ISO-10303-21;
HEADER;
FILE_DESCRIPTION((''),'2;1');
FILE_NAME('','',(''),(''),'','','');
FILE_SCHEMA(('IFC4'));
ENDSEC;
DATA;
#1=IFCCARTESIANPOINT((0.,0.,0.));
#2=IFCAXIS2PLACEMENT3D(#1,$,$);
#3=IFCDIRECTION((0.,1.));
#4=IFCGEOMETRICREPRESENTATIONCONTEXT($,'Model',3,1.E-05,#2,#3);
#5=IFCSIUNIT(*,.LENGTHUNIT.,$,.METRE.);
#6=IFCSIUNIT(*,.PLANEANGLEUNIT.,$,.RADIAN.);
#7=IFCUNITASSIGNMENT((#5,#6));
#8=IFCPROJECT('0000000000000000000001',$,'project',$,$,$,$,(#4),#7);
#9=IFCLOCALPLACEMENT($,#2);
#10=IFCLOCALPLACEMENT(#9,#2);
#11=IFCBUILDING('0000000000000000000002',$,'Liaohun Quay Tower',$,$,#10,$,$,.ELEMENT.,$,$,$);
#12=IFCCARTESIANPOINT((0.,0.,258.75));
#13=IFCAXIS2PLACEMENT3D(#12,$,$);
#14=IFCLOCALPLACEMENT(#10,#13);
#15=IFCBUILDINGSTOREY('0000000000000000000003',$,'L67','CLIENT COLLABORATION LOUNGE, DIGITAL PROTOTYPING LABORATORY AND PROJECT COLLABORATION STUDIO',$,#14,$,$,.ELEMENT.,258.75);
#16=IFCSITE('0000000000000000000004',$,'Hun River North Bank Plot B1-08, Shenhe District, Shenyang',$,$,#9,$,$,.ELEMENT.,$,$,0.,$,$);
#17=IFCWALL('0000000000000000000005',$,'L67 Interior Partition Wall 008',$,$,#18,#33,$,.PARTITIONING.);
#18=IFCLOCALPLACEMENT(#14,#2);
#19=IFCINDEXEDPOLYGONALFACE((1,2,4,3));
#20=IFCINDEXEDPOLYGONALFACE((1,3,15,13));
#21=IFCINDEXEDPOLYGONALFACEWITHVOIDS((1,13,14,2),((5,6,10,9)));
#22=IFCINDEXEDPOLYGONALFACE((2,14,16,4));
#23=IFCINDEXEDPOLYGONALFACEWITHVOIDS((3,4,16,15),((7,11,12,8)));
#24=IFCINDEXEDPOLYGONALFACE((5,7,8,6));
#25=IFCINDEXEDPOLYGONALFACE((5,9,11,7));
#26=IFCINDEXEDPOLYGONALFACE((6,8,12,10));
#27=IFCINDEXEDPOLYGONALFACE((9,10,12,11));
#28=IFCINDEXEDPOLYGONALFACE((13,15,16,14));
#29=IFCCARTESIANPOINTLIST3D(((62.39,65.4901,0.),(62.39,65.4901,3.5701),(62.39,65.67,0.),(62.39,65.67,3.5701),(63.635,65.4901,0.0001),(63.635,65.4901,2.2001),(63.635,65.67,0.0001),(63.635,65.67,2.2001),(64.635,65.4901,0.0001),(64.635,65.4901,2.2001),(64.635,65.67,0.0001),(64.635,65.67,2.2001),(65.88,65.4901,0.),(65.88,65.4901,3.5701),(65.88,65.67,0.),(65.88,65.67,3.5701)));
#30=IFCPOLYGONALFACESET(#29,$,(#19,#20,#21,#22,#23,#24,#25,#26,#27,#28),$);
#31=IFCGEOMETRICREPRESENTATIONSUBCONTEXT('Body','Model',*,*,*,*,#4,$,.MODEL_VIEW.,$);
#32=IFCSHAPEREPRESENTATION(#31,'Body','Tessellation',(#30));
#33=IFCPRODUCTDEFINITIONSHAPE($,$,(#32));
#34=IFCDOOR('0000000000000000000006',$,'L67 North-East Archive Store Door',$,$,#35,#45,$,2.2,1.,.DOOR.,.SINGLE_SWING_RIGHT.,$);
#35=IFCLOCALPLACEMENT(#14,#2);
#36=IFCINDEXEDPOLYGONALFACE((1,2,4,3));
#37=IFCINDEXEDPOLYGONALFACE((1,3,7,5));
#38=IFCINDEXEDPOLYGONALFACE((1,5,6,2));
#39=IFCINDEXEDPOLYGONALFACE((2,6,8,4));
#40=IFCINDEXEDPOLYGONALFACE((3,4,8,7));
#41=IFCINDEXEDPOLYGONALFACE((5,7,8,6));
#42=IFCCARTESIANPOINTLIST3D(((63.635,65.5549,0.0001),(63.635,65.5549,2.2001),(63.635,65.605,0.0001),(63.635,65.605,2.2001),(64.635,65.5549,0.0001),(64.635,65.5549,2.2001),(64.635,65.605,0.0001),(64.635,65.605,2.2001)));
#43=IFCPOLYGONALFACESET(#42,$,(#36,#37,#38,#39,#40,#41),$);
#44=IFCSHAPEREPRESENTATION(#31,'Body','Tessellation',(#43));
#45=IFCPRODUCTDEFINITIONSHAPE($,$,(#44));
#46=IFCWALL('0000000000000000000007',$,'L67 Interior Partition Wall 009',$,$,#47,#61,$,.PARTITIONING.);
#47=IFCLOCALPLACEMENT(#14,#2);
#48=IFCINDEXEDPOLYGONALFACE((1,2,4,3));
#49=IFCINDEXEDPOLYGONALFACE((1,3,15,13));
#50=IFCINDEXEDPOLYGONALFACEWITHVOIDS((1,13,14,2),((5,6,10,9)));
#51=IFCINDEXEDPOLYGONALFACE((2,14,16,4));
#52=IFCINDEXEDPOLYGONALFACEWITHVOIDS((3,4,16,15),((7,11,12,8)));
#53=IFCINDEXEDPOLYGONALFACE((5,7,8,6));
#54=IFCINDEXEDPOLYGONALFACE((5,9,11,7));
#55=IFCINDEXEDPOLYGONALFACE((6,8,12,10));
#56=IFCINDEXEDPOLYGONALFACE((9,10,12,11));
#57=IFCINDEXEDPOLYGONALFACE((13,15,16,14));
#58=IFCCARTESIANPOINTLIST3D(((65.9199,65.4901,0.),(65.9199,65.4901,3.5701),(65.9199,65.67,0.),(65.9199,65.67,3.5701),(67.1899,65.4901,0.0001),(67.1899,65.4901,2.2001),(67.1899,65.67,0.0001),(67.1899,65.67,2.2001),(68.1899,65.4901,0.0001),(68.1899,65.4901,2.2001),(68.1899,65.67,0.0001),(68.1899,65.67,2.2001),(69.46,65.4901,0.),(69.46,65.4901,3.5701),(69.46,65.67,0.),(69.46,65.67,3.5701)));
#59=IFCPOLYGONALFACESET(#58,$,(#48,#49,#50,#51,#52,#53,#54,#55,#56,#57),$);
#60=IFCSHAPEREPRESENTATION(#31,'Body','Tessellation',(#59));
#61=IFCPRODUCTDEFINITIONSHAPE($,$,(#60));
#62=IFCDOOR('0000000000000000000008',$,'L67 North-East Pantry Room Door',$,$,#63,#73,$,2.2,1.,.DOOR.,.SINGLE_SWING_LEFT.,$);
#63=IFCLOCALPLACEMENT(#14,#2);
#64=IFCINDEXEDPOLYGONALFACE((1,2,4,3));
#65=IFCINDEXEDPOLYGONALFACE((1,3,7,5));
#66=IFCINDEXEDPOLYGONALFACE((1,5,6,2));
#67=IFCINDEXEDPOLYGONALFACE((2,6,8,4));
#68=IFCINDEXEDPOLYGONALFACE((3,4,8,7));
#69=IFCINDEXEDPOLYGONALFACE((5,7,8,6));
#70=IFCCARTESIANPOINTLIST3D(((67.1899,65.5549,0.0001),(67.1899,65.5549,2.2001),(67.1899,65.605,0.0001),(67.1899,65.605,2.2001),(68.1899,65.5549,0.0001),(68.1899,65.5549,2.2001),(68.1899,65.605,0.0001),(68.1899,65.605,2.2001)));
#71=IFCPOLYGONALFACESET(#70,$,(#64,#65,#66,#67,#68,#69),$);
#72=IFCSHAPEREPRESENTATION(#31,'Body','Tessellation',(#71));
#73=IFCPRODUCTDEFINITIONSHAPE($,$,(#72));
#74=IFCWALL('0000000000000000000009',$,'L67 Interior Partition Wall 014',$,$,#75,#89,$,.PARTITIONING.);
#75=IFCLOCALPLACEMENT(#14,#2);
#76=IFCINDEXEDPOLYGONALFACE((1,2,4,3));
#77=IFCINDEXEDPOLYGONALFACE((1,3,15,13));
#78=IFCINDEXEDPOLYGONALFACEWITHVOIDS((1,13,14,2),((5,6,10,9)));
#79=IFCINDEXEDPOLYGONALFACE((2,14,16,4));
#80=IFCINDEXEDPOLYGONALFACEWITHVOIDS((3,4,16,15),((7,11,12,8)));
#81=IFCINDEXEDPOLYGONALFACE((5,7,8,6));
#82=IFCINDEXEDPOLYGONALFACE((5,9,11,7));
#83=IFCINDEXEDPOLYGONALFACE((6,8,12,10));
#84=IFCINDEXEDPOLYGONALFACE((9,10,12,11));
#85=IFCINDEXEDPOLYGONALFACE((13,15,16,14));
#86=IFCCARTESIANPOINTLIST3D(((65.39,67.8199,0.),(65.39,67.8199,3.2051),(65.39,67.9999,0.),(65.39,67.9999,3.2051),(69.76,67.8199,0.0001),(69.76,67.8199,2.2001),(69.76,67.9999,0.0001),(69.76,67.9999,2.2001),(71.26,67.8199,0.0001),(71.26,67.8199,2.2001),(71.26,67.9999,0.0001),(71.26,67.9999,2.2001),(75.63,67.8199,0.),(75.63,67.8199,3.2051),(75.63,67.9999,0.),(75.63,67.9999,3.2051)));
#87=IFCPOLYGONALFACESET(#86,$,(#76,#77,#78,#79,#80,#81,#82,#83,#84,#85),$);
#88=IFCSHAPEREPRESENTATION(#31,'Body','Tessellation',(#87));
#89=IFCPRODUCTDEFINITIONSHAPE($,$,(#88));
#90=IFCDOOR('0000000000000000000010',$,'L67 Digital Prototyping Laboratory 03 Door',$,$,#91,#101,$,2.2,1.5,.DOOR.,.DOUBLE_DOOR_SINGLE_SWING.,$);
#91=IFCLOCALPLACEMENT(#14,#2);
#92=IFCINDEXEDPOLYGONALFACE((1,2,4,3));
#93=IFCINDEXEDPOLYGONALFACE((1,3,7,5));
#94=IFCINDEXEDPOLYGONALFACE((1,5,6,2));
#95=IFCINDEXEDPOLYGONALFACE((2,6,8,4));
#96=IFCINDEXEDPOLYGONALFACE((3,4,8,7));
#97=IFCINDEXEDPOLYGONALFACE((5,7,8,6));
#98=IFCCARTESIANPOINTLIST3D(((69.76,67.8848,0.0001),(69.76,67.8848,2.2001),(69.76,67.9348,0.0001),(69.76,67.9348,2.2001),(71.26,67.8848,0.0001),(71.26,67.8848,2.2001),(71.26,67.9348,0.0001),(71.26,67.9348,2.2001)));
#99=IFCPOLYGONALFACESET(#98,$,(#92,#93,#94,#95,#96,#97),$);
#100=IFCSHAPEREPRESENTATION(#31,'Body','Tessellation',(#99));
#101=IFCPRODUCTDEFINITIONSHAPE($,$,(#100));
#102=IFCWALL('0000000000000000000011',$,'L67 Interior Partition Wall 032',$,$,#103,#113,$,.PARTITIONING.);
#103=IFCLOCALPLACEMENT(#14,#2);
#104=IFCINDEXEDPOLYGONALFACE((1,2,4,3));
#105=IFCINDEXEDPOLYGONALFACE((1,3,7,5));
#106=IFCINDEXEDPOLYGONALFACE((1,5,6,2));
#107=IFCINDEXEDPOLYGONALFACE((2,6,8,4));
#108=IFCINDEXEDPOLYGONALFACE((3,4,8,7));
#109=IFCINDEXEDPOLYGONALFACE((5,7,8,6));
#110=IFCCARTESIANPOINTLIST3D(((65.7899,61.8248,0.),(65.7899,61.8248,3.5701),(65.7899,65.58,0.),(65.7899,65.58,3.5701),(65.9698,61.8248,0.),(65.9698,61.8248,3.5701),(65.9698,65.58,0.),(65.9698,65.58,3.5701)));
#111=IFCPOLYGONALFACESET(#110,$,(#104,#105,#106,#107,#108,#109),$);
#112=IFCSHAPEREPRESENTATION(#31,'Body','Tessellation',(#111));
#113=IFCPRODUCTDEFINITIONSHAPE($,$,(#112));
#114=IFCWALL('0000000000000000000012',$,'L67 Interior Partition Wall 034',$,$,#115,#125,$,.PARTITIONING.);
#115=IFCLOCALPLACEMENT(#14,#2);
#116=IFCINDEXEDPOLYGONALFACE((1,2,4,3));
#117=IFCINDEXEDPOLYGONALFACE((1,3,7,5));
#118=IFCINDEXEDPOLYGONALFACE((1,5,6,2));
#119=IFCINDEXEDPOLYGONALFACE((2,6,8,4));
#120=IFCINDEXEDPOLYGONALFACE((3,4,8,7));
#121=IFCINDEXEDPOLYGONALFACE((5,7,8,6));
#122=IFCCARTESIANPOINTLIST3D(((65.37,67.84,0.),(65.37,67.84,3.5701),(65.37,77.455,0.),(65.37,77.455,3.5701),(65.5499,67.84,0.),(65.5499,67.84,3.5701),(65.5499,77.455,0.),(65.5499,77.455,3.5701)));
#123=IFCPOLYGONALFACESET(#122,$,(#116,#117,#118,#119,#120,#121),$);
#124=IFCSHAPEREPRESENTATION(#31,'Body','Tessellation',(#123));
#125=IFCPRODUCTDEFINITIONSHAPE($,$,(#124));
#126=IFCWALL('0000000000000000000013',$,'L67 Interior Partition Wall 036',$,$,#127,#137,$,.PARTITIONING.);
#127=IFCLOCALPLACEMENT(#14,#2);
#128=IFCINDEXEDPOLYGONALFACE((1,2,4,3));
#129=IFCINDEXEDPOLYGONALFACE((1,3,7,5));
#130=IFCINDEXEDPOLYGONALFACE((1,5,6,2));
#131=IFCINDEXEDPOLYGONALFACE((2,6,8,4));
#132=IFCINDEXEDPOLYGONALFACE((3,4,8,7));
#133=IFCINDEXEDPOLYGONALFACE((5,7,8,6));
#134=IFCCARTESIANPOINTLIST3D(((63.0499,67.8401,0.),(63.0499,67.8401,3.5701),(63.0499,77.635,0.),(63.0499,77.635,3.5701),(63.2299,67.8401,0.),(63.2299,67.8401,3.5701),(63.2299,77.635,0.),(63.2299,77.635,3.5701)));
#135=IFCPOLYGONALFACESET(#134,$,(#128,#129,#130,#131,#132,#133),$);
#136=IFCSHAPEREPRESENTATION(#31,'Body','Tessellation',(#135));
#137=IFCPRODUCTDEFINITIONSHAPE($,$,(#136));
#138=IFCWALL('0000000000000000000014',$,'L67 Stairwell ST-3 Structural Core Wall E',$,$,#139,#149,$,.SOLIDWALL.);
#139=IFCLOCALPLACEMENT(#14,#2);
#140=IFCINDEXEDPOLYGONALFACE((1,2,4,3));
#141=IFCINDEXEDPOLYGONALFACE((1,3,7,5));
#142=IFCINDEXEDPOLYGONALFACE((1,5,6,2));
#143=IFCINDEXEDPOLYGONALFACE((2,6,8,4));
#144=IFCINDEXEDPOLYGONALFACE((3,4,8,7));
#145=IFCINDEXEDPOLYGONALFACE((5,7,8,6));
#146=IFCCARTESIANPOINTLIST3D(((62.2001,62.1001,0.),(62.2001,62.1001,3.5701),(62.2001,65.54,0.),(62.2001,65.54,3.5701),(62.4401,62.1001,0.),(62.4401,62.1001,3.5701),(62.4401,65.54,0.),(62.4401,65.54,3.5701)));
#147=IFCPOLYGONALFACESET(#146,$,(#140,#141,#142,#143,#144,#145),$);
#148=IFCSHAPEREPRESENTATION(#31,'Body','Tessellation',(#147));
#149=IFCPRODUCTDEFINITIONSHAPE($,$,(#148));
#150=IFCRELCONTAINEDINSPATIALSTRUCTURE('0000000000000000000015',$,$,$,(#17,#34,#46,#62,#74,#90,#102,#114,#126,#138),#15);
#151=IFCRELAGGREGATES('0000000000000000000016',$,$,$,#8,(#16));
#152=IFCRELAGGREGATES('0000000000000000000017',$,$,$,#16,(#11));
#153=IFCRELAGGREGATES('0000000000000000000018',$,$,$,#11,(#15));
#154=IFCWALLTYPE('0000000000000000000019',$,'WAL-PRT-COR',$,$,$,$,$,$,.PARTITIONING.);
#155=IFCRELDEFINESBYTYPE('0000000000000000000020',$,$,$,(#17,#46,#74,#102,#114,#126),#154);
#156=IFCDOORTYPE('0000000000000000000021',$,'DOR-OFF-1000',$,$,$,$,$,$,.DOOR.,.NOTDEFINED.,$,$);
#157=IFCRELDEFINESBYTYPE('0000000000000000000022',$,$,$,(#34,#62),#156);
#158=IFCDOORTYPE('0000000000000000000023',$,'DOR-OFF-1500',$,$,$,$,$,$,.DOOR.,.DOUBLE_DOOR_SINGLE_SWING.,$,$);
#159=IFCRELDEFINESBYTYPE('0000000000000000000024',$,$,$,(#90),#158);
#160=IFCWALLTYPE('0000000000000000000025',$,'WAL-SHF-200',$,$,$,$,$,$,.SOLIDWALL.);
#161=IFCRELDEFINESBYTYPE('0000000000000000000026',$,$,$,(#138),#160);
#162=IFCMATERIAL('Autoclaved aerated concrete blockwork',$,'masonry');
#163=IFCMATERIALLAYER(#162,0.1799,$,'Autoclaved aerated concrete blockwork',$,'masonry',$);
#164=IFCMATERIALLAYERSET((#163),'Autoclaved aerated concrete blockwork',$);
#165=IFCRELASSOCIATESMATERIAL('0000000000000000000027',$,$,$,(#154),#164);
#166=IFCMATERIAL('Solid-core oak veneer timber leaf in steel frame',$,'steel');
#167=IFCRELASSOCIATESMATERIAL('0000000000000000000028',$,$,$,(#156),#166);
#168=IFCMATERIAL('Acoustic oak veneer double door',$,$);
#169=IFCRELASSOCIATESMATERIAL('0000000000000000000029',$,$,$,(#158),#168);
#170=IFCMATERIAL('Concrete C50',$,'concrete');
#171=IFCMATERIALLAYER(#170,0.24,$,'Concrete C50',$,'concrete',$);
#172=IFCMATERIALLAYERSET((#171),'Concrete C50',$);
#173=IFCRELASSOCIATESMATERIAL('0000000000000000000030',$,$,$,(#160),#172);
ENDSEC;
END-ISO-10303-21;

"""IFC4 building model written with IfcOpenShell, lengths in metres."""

from ifc_helpers import new_model, si_unit, direction, frame, frame_2d, origin, place, context, subcontext, project, spatial, rectangle, extrude, source, transform, mapped, material, layer, layer_set, type_object, element, fill, save


model = new_model("IFC4")

# Units and contexts
model_context = context("Model", 3, precision=1e-05, world=origin(), true_north=direction((0.0, 1.0)))
body_context = subcontext(model_context, "Body", "Model", "MODEL_VIEW")
ifc_project = project(units=[si_unit("LENGTHUNIT", "METRE"), si_unit("PLANEANGLEUNIT", "RADIAN")], contexts=[model_context])

# Site, building, storey
site_placement = place(None, origin())
site = spatial("IfcSite", under=ifc_project, at=site_placement, Name="Hun River North Bank Plot B1-08, Shenhe District, Shenyang", CompositionType="ELEMENT", RefElevation=0.0)
building_placement = place(site_placement, origin())
building = spatial("IfcBuilding", under=site, at=building_placement, Name="Liaohun Quay Tower", CompositionType="ELEMENT")
storey_placement = place(building_placement, frame((0.0, 0.0, 258.75)))
storey = spatial("IfcBuildingStorey", under=building, at=storey_placement, Name="L67", Description="CLIENT COLLABORATION LOUNGE, DIGITAL PROTOTYPING LABORATORY AND PROJECT COLLABORATION STUDIO", CompositionType="ELEMENT", Elevation=258.75)

# Walls, openings, doors
ifc_material_1 = material(Name="Autoclaved aerated concrete blockwork", Category="masonry")
ifc_layer_1 = layer(ifc_material_1, 0.1799, Name="Autoclaved aerated concrete blockwork", Category="masonry")
ifc_layer_set_1 = layer_set([ifc_layer_1], Name="Autoclaved aerated concrete blockwork")
wall_type_1 = type_object("IfcWallType", Name="WAL-PRT-COR", PredefinedType="PARTITIONING", material=ifc_layer_set_1)
wall_1_placement = place(storey_placement, frame((62.3899, 65.5801, 0.0), z_axis=(0.0, 0.0, 1.0), x_axis=(1.0, 0.0, 0.0)))
wall_1 = element("IfcWall", 1, at=wall_1_placement, inside=storey, type_object=wall_type_1, Name="L67 Interior Partition Wall 008", PredefinedType="PARTITIONING", context=body_context, shape_type="SweptSolid", body=[
    extrude(rectangle(XDim=3.49, YDim=0.1799, at=frame_2d((1.7451, 0.0))), origin(), (0.0, 0.0, 1.0), 3.5701),
])
shared_shape_1 = source(origin(), body_context, "Body", "SweptSolid", [
    extrude(rectangle(XDim=1.0, YDim=2.2, at=frame_2d((0.5, 1.1001))), frame((0.0, 0.0999, 0.0), z_axis=(0.0, -1.0, 0.0), x_axis=(1.0, 0.0, 0.0)), (0.0, 0.0, 1.0), 0.2),
])
opening_1_placement = place(wall_1_placement, frame((1.2451, 0.0, 0.0)))
opening_1 = element("IfcOpeningElement", 2, at=opening_1_placement, cuts=wall_1, PredefinedType="OPENING", context=body_context, shape_type="MappedRepresentation", body=[
    mapped(shared_shape_1, transform((0.0, 0.0, 0.0), x_axis=(1.0, 0.0, 0.0), y_axis=(0.0, 1.0, 0.0), z_axis=(0.0, 0.0, 1.0), scale=1.0)),
])
ifc_material_2 = material(Name="Solid-core oak veneer timber leaf in steel frame", Category="steel")
door_type_1 = type_object("IfcDoorType", Name="DOR-OFF-1000", OperationType="NOTDEFINED", PredefinedType="DOOR", material=ifc_material_2)
shared_shape_2 = source(origin(), body_context, "Body", "SweptSolid", [
    extrude(rectangle(XDim=1.0, YDim=2.2, at=frame_2d((0.5, 1.1001))), frame((0.0, 0.0249, 0.0), z_axis=(0.0, -1.0, 0.0), x_axis=(1.0, 0.0, 0.0)), (0.0, 0.0, 1.0), 0.05),
])
door_1_placement = place(opening_1_placement, origin())
door_1 = element("IfcDoor", 3, at=door_1_placement, inside=storey, type_object=door_type_1, Name="L67 North-East Archive Store Door", OperationType="SINGLE_SWING_RIGHT", OverallHeight=2.2, OverallWidth=1.0, PredefinedType="DOOR", context=body_context, shape_type="MappedRepresentation", body=[
    mapped(shared_shape_2, transform((0.0, 0.0, 0.0), x_axis=(1.0, 0.0, 0.0), y_axis=(0.0, 1.0, 0.0), z_axis=(0.0, 0.0, 1.0), scale=1.0)),
])
fill(opening_1, door_1)
wall_2_placement = place(storey_placement, frame((65.9199, 65.5801, 0.0), z_axis=(0.0, 0.0, 1.0), x_axis=(1.0, 0.0, 0.0)))
wall_2 = element("IfcWall", 4, at=wall_2_placement, inside=storey, type_object=wall_type_1, Name="L67 Interior Partition Wall 009", PredefinedType="PARTITIONING", context=body_context, shape_type="SweptSolid", body=[
    extrude(rectangle(XDim=3.54, YDim=0.1799, at=frame_2d((1.77, 0.0))), origin(), (0.0, 0.0, 1.0), 3.5701),
])
opening_2_placement = place(wall_2_placement, frame((1.27, 0.0, 0.0)))
opening_2 = element("IfcOpeningElement", 5, at=opening_2_placement, cuts=wall_2, PredefinedType="OPENING", context=body_context, shape_type="MappedRepresentation", body=[
    mapped(shared_shape_1, transform((0.0, 0.0, 0.0), x_axis=(1.0, 0.0, 0.0), y_axis=(0.0, 1.0, 0.0), z_axis=(0.0, 0.0, 1.0), scale=1.0)),
])
door_2_placement = place(opening_2_placement, origin())
door_2 = element("IfcDoor", 6, at=door_2_placement, inside=storey, type_object=door_type_1, Name="L67 North-East Pantry Room Door", OperationType="SINGLE_SWING_LEFT", OverallHeight=2.2, OverallWidth=1.0, PredefinedType="DOOR", context=body_context, shape_type="MappedRepresentation", body=[
    mapped(shared_shape_2, transform((0.0, 0.0, 0.0), x_axis=(1.0, 0.0, 0.0), y_axis=(0.0, 1.0, 0.0), z_axis=(0.0, 0.0, 1.0), scale=1.0)),
])
fill(opening_2, door_2)
wall_3_placement = place(storey_placement, frame((65.3899, 67.9099, 0.0), z_axis=(0.0, 0.0, 1.0), x_axis=(1.0, 0.0, 0.0)))
wall_3 = element("IfcWall", 7, at=wall_3_placement, inside=storey, type_object=wall_type_1, Name="L67 Interior Partition Wall 014", PredefinedType="PARTITIONING", context=body_context, shape_type="SweptSolid", body=[
    extrude(rectangle(XDim=10.24, YDim=0.1799, at=frame_2d((5.1201, 0.0))), origin(), (0.0, 0.0, 1.0), 3.2051),
])
shared_shape_3 = source(origin(), body_context, "Body", "SweptSolid", [
    extrude(rectangle(XDim=1.5, YDim=2.2, at=frame_2d((0.75, 1.1001))), frame((0.0, 0.0999, 0.0), z_axis=(0.0, -1.0, 0.0), x_axis=(1.0, 0.0, 0.0)), (0.0, 0.0, 1.0), 0.2),
])
opening_3_placement = place(wall_3_placement, frame((4.3701, 0.0, 0.0)))
opening_3 = element("IfcOpeningElement", 8, at=opening_3_placement, cuts=wall_3, PredefinedType="OPENING", context=body_context, shape_type="MappedRepresentation", body=[
    mapped(shared_shape_3, transform((0.0, 0.0, 0.0), x_axis=(1.0, 0.0, 0.0), y_axis=(0.0, 1.0, 0.0), z_axis=(0.0, 0.0, 1.0), scale=1.0)),
])
ifc_material_3 = material(Name="Acoustic oak veneer double door")
door_type_2 = type_object("IfcDoorType", Name="DOR-OFF-1500", OperationType="DOUBLE_DOOR_SINGLE_SWING", PredefinedType="DOOR", material=ifc_material_3)
shared_shape_4 = source(origin(), body_context, "Body", "SweptSolid", [
    extrude(rectangle(XDim=1.5, YDim=2.2, at=frame_2d((0.75, 1.1001))), frame((0.0, 0.0249, 0.0), z_axis=(0.0, -1.0, 0.0), x_axis=(1.0, 0.0, 0.0)), (0.0, 0.0, 1.0), 0.05),
])
door_3_placement = place(opening_3_placement, origin())
door_3 = element("IfcDoor", 9, at=door_3_placement, inside=storey, type_object=door_type_2, Name="L67 Digital Prototyping Laboratory 03 Door", OperationType="DOUBLE_DOOR_SINGLE_SWING", OverallHeight=2.2, OverallWidth=1.5, PredefinedType="DOOR", context=body_context, shape_type="MappedRepresentation", body=[
    mapped(shared_shape_4, transform((0.0, 0.0, 0.0), x_axis=(1.0, 0.0, 0.0), y_axis=(0.0, 1.0, 0.0), z_axis=(0.0, 0.0, 1.0), scale=1.0)),
])
fill(opening_3, door_3)

# Walls
wall_4_placement = place(storey_placement, frame((65.8799, 61.825, 0.0), z_axis=(0.0, 0.0, 1.0), x_axis=(0.0, 1.0, 0.0)))
element("IfcWall", 10, at=wall_4_placement, inside=storey, type_object=wall_type_1, Name="L67 Interior Partition Wall 032", PredefinedType="PARTITIONING", context=body_context, shape_type="SweptSolid", body=[
    extrude(rectangle(XDim=3.7551, YDim=0.1799, at=frame_2d((1.8774, 0.0))), origin(), (0.0, 0.0, 1.0), 3.5701),
])
wall_5_placement = place(storey_placement, frame((65.46, 77.4551, 0.0), z_axis=(0.0, 0.0, 1.0), x_axis=(0.0, -1.0, 0.0)))
element("IfcWall", 11, at=wall_5_placement, inside=storey, type_object=wall_type_1, Name="L67 Interior Partition Wall 034", PredefinedType="PARTITIONING", context=body_context, shape_type="SweptSolid", body=[
    extrude(rectangle(XDim=9.615, YDim=0.1799, at=frame_2d((4.8076, 0.0))), origin(), (0.0, 0.0, 1.0), 3.5701),
])
wall_6_placement = place(storey_placement, frame((63.1399, 67.8401, 0.0), z_axis=(0.0, 0.0, 1.0), x_axis=(0.0, 1.0, 0.0)))
element("IfcWall", 12, at=wall_6_placement, inside=storey, type_object=wall_type_1, Name="L67 Interior Partition Wall 036", PredefinedType="PARTITIONING", context=body_context, shape_type="SweptSolid", body=[
    extrude(rectangle(XDim=9.7949, YDim=0.1799, at=frame_2d((4.8975, 0.0))), origin(), (0.0, 0.0, 1.0), 3.5701),
])
ifc_material_4 = material(Name="Concrete C50", Category="concrete")
ifc_layer_2 = layer(ifc_material_4, 0.24, Name="Concrete C50", Category="concrete")
ifc_layer_set_2 = layer_set([ifc_layer_2], Name="Concrete C50")
wall_type_2 = type_object("IfcWallType", Name="WAL-SHF-200", PredefinedType="SOLIDWALL", material=ifc_layer_set_2)
wall_7_placement = place(storey_placement, frame((62.3201, 62.1001, 0.0), z_axis=(0.0, 0.0, 1.0), x_axis=(0.0, 1.0, 0.0)))
element("IfcWall", 13, at=wall_7_placement, inside=storey, type_object=wall_type_2, Name="L67 Stairwell ST-3 Structural Core Wall E", PredefinedType="SOLIDWALL", context=body_context, shape_type="SweptSolid", body=[
    extrude(rectangle(XDim=3.4399, YDim=0.24, at=frame_2d((1.72, 0.0))), origin(), (0.0, 0.0, 1.0), 3.5701),
])

save(model, "model.ifc")
